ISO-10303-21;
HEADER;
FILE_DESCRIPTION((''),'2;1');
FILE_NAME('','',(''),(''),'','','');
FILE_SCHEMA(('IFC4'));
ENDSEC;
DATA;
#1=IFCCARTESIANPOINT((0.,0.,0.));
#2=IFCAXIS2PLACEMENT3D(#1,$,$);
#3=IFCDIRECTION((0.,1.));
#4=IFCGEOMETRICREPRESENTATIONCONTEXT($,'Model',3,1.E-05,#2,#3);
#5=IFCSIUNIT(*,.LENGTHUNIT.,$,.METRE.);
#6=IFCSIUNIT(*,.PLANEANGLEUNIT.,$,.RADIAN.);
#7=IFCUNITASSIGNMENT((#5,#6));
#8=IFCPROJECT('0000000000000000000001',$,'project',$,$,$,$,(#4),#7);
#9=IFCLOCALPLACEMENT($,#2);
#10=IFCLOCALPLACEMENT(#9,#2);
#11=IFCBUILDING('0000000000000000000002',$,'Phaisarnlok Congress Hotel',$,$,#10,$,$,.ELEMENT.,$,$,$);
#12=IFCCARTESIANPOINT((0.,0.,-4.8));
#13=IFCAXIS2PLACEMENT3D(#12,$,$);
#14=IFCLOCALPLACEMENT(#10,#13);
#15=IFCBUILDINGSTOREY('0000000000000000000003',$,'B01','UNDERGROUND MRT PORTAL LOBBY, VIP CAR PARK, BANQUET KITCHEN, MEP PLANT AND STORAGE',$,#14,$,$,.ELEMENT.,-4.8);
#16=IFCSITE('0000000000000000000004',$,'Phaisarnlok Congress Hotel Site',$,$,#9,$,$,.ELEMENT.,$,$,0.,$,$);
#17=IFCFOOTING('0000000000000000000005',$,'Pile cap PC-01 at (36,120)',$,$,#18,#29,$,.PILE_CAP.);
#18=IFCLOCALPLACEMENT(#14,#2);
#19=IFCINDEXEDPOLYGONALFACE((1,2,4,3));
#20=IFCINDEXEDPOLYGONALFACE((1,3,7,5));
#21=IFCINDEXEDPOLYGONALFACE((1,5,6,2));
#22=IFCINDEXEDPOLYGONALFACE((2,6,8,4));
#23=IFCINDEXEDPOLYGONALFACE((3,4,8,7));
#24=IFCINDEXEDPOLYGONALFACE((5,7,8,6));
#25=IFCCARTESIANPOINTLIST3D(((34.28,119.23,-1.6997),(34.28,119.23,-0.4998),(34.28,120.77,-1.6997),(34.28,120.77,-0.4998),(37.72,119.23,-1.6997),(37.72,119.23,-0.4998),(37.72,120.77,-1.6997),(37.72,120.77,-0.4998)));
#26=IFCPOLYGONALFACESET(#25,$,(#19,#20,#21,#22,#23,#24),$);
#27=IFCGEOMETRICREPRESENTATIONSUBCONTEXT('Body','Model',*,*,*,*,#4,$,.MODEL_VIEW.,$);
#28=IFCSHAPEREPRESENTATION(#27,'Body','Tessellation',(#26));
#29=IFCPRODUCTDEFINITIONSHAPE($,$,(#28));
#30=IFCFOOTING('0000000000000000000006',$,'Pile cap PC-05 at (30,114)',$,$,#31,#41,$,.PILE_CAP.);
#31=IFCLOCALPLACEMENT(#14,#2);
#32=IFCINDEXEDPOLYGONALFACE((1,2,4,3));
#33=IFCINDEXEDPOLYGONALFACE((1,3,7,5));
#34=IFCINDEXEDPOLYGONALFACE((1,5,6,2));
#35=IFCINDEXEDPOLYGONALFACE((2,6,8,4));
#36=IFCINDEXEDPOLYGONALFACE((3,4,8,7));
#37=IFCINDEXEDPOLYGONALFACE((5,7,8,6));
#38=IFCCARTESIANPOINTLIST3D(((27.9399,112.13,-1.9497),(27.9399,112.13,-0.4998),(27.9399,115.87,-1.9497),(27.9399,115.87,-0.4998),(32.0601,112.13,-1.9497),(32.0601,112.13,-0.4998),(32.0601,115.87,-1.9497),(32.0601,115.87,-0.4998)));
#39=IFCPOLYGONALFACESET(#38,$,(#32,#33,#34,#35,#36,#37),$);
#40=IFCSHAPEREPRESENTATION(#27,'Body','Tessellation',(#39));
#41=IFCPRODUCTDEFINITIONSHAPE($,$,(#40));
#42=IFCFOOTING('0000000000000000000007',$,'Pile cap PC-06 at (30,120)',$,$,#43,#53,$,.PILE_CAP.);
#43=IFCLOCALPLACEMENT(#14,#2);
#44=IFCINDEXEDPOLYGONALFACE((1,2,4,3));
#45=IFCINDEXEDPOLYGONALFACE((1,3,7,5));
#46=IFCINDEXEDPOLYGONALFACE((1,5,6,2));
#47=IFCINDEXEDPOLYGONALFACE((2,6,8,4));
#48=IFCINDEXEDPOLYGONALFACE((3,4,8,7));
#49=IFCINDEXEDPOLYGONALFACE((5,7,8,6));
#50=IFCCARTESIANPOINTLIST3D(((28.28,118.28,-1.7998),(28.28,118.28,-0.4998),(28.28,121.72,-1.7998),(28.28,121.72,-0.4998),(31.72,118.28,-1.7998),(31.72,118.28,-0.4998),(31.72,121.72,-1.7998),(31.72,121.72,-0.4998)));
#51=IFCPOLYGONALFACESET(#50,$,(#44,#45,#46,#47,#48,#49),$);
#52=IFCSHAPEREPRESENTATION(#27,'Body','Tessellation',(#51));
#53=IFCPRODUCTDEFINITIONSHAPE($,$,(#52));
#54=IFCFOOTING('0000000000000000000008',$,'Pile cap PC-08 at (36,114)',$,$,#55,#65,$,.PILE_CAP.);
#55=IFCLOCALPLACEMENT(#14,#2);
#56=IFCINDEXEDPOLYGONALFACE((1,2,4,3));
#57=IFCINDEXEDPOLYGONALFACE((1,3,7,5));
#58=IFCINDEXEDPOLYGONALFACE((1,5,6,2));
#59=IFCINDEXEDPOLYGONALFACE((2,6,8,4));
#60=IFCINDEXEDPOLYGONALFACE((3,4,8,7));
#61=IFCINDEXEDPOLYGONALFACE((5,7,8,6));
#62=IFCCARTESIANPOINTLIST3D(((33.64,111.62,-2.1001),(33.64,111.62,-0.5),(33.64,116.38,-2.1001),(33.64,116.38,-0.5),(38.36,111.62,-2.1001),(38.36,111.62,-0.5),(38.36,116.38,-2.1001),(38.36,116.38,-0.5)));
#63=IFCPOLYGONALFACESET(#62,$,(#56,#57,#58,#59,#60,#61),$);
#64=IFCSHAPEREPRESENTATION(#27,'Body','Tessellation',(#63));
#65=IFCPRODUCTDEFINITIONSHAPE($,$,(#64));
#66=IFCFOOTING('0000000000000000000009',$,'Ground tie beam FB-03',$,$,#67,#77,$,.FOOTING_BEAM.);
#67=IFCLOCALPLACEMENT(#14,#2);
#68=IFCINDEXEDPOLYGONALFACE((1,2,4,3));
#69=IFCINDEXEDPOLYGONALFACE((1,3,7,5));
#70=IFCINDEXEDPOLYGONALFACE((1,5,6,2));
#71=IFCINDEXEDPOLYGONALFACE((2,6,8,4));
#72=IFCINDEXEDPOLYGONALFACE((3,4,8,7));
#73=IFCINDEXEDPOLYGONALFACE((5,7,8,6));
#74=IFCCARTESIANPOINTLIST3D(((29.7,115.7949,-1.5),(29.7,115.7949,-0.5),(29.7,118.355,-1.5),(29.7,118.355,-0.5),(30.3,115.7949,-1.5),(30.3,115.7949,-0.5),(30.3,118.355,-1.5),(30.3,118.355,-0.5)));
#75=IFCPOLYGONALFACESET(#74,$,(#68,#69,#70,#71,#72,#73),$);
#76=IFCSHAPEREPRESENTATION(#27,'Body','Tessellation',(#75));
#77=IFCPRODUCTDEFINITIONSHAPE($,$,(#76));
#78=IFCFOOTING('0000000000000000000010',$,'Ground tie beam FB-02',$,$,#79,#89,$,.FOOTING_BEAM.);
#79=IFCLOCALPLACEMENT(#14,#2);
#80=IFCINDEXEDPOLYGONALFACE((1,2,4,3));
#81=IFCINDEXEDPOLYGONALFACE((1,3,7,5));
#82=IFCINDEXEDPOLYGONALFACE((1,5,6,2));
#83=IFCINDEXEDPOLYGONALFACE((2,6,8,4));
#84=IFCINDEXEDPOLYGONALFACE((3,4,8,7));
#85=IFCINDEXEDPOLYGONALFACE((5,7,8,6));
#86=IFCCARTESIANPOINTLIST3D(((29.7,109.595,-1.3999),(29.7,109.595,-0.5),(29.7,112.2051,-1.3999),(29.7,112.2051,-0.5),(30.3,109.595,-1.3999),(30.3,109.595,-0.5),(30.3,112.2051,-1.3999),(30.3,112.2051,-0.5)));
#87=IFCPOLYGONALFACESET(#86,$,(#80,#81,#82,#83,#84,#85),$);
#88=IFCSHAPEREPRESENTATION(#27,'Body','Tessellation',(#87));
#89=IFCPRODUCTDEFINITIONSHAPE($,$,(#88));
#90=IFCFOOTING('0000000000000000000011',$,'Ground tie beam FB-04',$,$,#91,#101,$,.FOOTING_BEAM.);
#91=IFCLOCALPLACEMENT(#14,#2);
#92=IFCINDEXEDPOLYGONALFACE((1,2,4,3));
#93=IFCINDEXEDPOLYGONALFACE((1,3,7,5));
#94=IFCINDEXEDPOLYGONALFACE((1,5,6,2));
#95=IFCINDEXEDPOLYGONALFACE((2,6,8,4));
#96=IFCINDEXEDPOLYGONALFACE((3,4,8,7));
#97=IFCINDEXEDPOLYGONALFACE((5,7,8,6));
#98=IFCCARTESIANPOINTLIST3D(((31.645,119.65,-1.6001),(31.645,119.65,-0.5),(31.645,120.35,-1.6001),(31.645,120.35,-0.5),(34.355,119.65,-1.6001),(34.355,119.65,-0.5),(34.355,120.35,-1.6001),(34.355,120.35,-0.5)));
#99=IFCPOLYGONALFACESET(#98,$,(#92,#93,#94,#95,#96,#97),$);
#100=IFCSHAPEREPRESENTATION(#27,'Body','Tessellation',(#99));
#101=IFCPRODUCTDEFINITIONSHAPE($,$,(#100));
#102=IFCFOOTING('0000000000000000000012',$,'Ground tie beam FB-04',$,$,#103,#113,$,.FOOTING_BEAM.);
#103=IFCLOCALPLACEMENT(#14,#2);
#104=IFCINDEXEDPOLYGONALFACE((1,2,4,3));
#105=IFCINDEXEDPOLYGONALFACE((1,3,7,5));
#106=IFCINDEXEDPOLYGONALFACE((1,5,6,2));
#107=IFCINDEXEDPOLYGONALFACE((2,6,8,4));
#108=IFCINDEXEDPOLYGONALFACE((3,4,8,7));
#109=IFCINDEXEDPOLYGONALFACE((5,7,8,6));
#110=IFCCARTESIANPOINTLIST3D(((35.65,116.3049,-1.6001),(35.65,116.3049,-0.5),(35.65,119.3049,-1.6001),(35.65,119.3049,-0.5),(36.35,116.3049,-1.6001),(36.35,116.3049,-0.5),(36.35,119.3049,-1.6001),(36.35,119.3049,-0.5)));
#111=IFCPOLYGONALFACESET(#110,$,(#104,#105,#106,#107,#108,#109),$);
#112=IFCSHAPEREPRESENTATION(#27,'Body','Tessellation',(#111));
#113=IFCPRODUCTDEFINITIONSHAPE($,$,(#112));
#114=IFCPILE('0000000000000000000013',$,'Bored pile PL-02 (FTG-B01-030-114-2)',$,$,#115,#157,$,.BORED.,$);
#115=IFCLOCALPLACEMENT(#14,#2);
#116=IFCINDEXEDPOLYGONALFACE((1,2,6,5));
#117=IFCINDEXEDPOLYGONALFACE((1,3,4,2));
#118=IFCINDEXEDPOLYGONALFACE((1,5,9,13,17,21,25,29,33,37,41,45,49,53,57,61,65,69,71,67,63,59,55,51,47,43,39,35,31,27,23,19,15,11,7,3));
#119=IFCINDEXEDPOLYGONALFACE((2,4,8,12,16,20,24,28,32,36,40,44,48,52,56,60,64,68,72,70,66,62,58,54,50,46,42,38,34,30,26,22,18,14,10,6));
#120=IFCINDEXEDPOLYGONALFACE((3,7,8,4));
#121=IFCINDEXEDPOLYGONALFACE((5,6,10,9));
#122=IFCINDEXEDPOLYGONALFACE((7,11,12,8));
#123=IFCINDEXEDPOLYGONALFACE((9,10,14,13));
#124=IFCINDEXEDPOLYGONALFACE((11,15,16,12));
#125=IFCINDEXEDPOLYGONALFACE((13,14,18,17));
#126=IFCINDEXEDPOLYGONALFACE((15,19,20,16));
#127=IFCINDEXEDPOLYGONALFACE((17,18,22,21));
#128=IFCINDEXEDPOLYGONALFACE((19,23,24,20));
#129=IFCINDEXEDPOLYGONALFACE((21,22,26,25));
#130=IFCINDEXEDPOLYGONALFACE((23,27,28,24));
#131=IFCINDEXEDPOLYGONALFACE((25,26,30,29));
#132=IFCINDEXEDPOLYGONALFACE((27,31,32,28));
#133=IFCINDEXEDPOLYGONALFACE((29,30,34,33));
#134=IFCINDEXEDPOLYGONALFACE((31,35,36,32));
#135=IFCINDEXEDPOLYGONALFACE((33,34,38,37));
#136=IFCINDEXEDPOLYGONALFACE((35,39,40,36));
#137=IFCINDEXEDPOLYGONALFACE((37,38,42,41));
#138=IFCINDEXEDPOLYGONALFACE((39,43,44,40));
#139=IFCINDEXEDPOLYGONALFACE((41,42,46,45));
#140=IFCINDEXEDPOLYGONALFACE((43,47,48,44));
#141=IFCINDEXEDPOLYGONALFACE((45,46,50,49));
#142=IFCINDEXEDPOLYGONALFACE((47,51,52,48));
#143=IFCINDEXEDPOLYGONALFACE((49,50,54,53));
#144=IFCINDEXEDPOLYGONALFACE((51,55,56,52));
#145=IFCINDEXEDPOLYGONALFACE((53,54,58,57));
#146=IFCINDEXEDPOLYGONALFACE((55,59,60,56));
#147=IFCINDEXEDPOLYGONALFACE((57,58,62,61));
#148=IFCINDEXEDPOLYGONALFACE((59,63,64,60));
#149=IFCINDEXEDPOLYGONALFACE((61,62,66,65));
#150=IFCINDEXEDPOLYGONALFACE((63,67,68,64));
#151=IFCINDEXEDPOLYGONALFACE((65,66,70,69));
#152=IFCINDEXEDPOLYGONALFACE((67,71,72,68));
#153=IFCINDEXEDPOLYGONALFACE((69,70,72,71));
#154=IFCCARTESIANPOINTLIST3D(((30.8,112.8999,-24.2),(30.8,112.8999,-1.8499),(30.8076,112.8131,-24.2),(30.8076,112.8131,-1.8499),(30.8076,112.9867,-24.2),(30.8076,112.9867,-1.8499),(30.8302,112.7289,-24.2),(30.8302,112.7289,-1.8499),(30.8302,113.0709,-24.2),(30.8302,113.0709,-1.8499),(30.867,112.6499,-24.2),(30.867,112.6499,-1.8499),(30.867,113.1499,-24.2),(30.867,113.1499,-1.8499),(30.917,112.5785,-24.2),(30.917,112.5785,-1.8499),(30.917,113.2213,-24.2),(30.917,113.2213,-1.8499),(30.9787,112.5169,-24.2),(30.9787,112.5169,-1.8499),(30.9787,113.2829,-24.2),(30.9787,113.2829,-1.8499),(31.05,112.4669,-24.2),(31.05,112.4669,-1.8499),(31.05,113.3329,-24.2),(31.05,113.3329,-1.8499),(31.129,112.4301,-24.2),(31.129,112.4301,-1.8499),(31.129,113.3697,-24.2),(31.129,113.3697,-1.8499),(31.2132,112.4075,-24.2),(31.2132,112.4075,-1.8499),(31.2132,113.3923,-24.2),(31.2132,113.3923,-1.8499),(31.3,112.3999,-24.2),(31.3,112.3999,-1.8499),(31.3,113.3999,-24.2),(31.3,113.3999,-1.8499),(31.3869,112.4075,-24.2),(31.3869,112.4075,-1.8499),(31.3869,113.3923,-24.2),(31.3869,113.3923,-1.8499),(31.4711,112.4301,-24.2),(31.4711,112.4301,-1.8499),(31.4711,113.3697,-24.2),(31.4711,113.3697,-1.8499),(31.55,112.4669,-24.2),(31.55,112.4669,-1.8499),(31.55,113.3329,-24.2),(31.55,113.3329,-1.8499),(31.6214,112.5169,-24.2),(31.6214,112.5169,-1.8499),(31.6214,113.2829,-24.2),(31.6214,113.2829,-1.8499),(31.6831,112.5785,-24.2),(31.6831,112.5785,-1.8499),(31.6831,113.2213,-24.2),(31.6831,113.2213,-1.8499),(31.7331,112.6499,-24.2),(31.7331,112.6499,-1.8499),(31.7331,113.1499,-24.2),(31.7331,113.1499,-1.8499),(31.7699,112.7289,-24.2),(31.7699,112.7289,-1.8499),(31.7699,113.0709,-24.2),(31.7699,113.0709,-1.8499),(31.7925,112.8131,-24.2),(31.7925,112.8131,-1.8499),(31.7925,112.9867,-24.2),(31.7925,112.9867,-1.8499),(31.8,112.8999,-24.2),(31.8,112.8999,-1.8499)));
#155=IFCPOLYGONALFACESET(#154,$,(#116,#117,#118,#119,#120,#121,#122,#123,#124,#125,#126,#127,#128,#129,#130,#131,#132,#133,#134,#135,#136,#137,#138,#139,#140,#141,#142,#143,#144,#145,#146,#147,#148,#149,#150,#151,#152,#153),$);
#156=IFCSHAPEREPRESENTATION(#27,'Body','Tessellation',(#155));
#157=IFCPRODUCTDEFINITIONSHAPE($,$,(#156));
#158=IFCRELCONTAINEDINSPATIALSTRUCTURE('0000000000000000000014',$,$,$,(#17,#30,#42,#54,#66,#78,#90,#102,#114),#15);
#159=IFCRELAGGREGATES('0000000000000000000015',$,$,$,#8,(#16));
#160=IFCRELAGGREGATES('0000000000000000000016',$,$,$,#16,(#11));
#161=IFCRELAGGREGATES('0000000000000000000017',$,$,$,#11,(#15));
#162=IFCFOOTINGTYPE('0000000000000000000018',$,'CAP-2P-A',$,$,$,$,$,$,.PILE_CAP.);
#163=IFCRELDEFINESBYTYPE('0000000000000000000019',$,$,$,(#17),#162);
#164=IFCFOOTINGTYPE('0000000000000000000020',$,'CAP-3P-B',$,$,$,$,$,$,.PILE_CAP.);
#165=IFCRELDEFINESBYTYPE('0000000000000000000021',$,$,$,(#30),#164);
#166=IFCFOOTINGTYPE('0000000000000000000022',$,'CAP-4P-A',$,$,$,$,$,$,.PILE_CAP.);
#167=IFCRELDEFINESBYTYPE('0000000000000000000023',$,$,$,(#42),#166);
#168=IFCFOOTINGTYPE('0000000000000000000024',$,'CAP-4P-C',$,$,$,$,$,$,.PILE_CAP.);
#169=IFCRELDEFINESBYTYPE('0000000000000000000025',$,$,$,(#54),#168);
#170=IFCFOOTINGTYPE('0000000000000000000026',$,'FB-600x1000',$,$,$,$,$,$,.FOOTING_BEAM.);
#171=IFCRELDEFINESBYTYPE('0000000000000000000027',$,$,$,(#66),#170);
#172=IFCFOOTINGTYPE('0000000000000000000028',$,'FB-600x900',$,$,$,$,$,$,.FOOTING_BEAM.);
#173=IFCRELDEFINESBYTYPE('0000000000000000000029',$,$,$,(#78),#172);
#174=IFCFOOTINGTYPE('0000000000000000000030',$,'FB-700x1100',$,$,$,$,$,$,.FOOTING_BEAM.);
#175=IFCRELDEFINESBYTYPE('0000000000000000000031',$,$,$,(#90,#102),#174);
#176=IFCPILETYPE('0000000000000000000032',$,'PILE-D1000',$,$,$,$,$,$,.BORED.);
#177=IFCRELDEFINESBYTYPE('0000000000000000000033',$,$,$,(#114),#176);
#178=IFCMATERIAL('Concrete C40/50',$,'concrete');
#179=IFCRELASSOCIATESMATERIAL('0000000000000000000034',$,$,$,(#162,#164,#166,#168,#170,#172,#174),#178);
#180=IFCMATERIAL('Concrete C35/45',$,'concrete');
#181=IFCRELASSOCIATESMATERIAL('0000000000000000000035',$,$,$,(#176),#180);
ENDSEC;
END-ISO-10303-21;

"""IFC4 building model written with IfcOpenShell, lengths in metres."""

from ifc_helpers import new_model, si_unit, direction, frame, origin, origin_2d, place, context, subcontext, project, spatial, rectangle, circle, extrude, material, material_profile, profile_set, type_object, element, save


model = new_model("IFC4")

# Units and contexts
model_context = context("Model", 3, precision=1e-05, world=origin(), true_north=direction((0.0, 1.0)))
body_context = subcontext(model_context, "Body", "Model", "MODEL_VIEW")
ifc_project = project(units=[si_unit("LENGTHUNIT", "METRE"), si_unit("PLANEANGLEUNIT", "RADIAN")], contexts=[model_context])

# Site, building, storey
site_placement = place(None, origin())
site = spatial("IfcSite", under=ifc_project, at=site_placement, Name="Phaisarnlok Congress Hotel Site", CompositionType="ELEMENT", RefElevation=0.0)
building_placement = place(site_placement, origin())
building = spatial("IfcBuilding", under=site, at=building_placement, Name="Phaisarnlok Congress Hotel", CompositionType="ELEMENT")
storey_placement = place(building_placement, frame((0.0, 0.0, -4.8)))
storey = spatial("IfcBuildingStorey", under=building, at=storey_placement, Name="B01", Description="UNDERGROUND MRT PORTAL LOBBY, VIP CAR PARK, BANQUET KITCHEN, MEP PLANT AND STORAGE", CompositionType="ELEMENT", Elevation=-4.8)

# Footings
ifc_material_1 = material(Name="Concrete C40/50", Category="concrete")
footing_type_1 = type_object("IfcFootingType", Name="CAP-2P-A", PredefinedType="PILE_CAP", material=ifc_material_1)
footing_1_placement = place(storey_placement, frame((36.0, 120.0, -1.6997), z_axis=(0.0, 0.0, 1.0), x_axis=(1.0, 0.0, 0.0)))
element("IfcFooting", 1, at=footing_1_placement, inside=storey, type_object=footing_type_1, Name="Pile cap PC-01 at (36,120)", PredefinedType="PILE_CAP", context=body_context, shape_type="SweptSolid", body=[
    extrude(rectangle(XDim=3.4399, YDim=1.54, at=origin_2d()), origin(), (0.0, 0.0, 1.0), 1.2),
])
footing_type_2 = type_object("IfcFootingType", Name="CAP-3P-B", PredefinedType="PILE_CAP", material=ifc_material_1)
footing_2_placement = place(storey_placement, frame((30.0, 114.0, -1.9497), z_axis=(0.0, 0.0, 1.0), x_axis=(1.0, 0.0, 0.0)))
element("IfcFooting", 2, at=footing_2_placement, inside=storey, type_object=footing_type_2, Name="Pile cap PC-05 at (30,114)", PredefinedType="PILE_CAP", context=body_context, shape_type="SweptSolid", body=[
    extrude(rectangle(XDim=4.1201, YDim=3.74, at=origin_2d()), origin(), (0.0, 0.0, 1.0), 1.45),
])
footing_type_3 = type_object("IfcFootingType", Name="CAP-4P-A", PredefinedType="PILE_CAP", material=ifc_material_1)
footing_3_placement = place(storey_placement, frame((30.0, 120.0, -1.7998), z_axis=(0.0, 0.0, 1.0), x_axis=(1.0, 0.0, 0.0)))
element("IfcFooting", 3, at=footing_3_placement, inside=storey, type_object=footing_type_3, Name="Pile cap PC-06 at (30,120)", PredefinedType="PILE_CAP", context=body_context, shape_type="SweptSolid", body=[
    extrude(rectangle(XDim=3.4399, YDim=3.4399, at=origin_2d()), origin(), (0.0, 0.0, 1.0), 1.3),
])
footing_type_4 = type_object("IfcFootingType", Name="CAP-4P-C", PredefinedType="PILE_CAP", material=ifc_material_1)
footing_4_placement = place(storey_placement, frame((36.0, 114.0, -2.1001), z_axis=(0.0, 0.0, 1.0), x_axis=(1.0, 0.0, 0.0)))
element("IfcFooting", 4, at=footing_4_placement, inside=storey, type_object=footing_type_4, Name="Pile cap PC-08 at (36,114)", PredefinedType="PILE_CAP", context=body_context, shape_type="SweptSolid", body=[
    extrude(rectangle(XDim=4.72, YDim=4.76, at=origin_2d()), origin(), (0.0, 0.0, 1.0), 1.6001),
])
ifc_material_profile_1 = material_profile(ifc_material_1, rectangle(XDim=0.6001, YDim=1.0, at=origin_2d()), Name="FB-600x1000")
ifc_profile_set_1 = profile_set([ifc_material_profile_1], Name="Concrete C40/50")
footing_type_5 = type_object("IfcFootingType", Name="FB-600x1000", PredefinedType="FOOTING_BEAM", material=ifc_profile_set_1)
footing_5_placement = place(storey_placement, frame((30.0, 115.7949, -1.0), z_axis=(0.0, 1.0, 0.0), x_axis=(-1.0, 0.0, 0.0)))
element("IfcFooting", 5, at=footing_5_placement, inside=storey, type_object=footing_type_5, Name="Ground tie beam FB-03", PredefinedType="FOOTING_BEAM", context=body_context, shape_type="SweptSolid", body=[
    extrude(rectangle(XDim=0.6001, YDim=1.0, at=origin_2d()), origin(), (0.0, 0.0, 1.0), 2.5601),
])
ifc_material_profile_2 = material_profile(ifc_material_1, rectangle(XDim=0.6001, YDim=0.8999, at=origin_2d()), Name="FB-600x900")
ifc_profile_set_2 = profile_set([ifc_material_profile_2], Name="Concrete C40/50")
footing_type_6 = type_object("IfcFootingType", Name="FB-600x900", PredefinedType="FOOTING_BEAM", material=ifc_profile_set_2)
footing_6_placement = place(storey_placement, frame((30.0, 109.595, -0.95), z_axis=(0.0, 1.0, 0.0), x_axis=(-1.0, 0.0, 0.0)))
element("IfcFooting", 6, at=footing_6_placement, inside=storey, type_object=footing_type_6, Name="Ground tie beam FB-02", PredefinedType="FOOTING_BEAM", context=body_context, shape_type="SweptSolid", body=[
    extrude(rectangle(XDim=0.6001, YDim=0.8999, at=origin_2d()), origin(), (0.0, 0.0, 1.0), 2.6101),
])
ifc_material_profile_3 = material_profile(ifc_material_1, rectangle(XDim=0.7, YDim=1.1001, at=origin_2d()), Name="FB-700x1100")
ifc_profile_set_3 = profile_set([ifc_material_profile_3], Name="Concrete C40/50")
footing_type_7 = type_object("IfcFootingType", Name="FB-700x1100", PredefinedType="FOOTING_BEAM", material=ifc_profile_set_3)
footing_7_placement = place(storey_placement, frame((31.645, 120.0, -1.05), z_axis=(1.0, 0.0, 0.0), x_axis=(0.0, 1.0, 0.0)))
element("IfcFooting", 7, at=footing_7_placement, inside=storey, type_object=footing_type_7, Name="Ground tie beam FB-04", PredefinedType="FOOTING_BEAM", context=body_context, shape_type="SweptSolid", body=[
    extrude(rectangle(XDim=0.7, YDim=1.1001, at=origin_2d()), origin(), (0.0, 0.0, 1.0), 2.71),
])
footing_8_placement = place(storey_placement, frame((36.0, 116.3049, -1.05), z_axis=(0.0, 1.0, 0.0), x_axis=(-1.0, 0.0, 0.0)))
element("IfcFooting", 8, at=footing_8_placement, inside=storey, type_object=footing_type_7, Name="Ground tie beam FB-04", PredefinedType="FOOTING_BEAM", context=body_context, shape_type="SweptSolid", body=[
    extrude(rectangle(XDim=0.7, YDim=1.1001, at=origin_2d()), origin(), (0.0, 0.0, 1.0), 3.0),
])

# Pile
ifc_material_2 = material(Name="Concrete C35/45", Category="concrete")
ifc_material_profile_4 = material_profile(ifc_material_2, circle(Radius=0.5, at=origin_2d()), Name="BORED PILE D1000")
ifc_profile_set_4 = profile_set([ifc_material_profile_4], Name="Concrete C35/45")
pile_type_1 = type_object("IfcPileType", Name="PILE-D1000", PredefinedType="BORED", material=ifc_profile_set_4)
for number, where, z_axis, x_axis, name in (
    (9, (31.3, 112.8999, -1.8499), (0.0, 0.0, -1.0), (1.0, 0.0, 0.0), "Bored pile PL-02 (FTG-B01-030-114-2)"),
):
    element("IfcPile", number, at=place(storey_placement, frame(where, z_axis=z_axis, x_axis=x_axis)), inside=storey, type_object=pile_type_1, Name=name, PredefinedType="BORED", context=body_context, shape_type="SweptSolid", body=[
        extrude(circle(Radius=0.5, at=origin_2d()), origin(), (0.0, 0.0, 1.0), 22.3501),
    ])

save(model, "model.ifc")
